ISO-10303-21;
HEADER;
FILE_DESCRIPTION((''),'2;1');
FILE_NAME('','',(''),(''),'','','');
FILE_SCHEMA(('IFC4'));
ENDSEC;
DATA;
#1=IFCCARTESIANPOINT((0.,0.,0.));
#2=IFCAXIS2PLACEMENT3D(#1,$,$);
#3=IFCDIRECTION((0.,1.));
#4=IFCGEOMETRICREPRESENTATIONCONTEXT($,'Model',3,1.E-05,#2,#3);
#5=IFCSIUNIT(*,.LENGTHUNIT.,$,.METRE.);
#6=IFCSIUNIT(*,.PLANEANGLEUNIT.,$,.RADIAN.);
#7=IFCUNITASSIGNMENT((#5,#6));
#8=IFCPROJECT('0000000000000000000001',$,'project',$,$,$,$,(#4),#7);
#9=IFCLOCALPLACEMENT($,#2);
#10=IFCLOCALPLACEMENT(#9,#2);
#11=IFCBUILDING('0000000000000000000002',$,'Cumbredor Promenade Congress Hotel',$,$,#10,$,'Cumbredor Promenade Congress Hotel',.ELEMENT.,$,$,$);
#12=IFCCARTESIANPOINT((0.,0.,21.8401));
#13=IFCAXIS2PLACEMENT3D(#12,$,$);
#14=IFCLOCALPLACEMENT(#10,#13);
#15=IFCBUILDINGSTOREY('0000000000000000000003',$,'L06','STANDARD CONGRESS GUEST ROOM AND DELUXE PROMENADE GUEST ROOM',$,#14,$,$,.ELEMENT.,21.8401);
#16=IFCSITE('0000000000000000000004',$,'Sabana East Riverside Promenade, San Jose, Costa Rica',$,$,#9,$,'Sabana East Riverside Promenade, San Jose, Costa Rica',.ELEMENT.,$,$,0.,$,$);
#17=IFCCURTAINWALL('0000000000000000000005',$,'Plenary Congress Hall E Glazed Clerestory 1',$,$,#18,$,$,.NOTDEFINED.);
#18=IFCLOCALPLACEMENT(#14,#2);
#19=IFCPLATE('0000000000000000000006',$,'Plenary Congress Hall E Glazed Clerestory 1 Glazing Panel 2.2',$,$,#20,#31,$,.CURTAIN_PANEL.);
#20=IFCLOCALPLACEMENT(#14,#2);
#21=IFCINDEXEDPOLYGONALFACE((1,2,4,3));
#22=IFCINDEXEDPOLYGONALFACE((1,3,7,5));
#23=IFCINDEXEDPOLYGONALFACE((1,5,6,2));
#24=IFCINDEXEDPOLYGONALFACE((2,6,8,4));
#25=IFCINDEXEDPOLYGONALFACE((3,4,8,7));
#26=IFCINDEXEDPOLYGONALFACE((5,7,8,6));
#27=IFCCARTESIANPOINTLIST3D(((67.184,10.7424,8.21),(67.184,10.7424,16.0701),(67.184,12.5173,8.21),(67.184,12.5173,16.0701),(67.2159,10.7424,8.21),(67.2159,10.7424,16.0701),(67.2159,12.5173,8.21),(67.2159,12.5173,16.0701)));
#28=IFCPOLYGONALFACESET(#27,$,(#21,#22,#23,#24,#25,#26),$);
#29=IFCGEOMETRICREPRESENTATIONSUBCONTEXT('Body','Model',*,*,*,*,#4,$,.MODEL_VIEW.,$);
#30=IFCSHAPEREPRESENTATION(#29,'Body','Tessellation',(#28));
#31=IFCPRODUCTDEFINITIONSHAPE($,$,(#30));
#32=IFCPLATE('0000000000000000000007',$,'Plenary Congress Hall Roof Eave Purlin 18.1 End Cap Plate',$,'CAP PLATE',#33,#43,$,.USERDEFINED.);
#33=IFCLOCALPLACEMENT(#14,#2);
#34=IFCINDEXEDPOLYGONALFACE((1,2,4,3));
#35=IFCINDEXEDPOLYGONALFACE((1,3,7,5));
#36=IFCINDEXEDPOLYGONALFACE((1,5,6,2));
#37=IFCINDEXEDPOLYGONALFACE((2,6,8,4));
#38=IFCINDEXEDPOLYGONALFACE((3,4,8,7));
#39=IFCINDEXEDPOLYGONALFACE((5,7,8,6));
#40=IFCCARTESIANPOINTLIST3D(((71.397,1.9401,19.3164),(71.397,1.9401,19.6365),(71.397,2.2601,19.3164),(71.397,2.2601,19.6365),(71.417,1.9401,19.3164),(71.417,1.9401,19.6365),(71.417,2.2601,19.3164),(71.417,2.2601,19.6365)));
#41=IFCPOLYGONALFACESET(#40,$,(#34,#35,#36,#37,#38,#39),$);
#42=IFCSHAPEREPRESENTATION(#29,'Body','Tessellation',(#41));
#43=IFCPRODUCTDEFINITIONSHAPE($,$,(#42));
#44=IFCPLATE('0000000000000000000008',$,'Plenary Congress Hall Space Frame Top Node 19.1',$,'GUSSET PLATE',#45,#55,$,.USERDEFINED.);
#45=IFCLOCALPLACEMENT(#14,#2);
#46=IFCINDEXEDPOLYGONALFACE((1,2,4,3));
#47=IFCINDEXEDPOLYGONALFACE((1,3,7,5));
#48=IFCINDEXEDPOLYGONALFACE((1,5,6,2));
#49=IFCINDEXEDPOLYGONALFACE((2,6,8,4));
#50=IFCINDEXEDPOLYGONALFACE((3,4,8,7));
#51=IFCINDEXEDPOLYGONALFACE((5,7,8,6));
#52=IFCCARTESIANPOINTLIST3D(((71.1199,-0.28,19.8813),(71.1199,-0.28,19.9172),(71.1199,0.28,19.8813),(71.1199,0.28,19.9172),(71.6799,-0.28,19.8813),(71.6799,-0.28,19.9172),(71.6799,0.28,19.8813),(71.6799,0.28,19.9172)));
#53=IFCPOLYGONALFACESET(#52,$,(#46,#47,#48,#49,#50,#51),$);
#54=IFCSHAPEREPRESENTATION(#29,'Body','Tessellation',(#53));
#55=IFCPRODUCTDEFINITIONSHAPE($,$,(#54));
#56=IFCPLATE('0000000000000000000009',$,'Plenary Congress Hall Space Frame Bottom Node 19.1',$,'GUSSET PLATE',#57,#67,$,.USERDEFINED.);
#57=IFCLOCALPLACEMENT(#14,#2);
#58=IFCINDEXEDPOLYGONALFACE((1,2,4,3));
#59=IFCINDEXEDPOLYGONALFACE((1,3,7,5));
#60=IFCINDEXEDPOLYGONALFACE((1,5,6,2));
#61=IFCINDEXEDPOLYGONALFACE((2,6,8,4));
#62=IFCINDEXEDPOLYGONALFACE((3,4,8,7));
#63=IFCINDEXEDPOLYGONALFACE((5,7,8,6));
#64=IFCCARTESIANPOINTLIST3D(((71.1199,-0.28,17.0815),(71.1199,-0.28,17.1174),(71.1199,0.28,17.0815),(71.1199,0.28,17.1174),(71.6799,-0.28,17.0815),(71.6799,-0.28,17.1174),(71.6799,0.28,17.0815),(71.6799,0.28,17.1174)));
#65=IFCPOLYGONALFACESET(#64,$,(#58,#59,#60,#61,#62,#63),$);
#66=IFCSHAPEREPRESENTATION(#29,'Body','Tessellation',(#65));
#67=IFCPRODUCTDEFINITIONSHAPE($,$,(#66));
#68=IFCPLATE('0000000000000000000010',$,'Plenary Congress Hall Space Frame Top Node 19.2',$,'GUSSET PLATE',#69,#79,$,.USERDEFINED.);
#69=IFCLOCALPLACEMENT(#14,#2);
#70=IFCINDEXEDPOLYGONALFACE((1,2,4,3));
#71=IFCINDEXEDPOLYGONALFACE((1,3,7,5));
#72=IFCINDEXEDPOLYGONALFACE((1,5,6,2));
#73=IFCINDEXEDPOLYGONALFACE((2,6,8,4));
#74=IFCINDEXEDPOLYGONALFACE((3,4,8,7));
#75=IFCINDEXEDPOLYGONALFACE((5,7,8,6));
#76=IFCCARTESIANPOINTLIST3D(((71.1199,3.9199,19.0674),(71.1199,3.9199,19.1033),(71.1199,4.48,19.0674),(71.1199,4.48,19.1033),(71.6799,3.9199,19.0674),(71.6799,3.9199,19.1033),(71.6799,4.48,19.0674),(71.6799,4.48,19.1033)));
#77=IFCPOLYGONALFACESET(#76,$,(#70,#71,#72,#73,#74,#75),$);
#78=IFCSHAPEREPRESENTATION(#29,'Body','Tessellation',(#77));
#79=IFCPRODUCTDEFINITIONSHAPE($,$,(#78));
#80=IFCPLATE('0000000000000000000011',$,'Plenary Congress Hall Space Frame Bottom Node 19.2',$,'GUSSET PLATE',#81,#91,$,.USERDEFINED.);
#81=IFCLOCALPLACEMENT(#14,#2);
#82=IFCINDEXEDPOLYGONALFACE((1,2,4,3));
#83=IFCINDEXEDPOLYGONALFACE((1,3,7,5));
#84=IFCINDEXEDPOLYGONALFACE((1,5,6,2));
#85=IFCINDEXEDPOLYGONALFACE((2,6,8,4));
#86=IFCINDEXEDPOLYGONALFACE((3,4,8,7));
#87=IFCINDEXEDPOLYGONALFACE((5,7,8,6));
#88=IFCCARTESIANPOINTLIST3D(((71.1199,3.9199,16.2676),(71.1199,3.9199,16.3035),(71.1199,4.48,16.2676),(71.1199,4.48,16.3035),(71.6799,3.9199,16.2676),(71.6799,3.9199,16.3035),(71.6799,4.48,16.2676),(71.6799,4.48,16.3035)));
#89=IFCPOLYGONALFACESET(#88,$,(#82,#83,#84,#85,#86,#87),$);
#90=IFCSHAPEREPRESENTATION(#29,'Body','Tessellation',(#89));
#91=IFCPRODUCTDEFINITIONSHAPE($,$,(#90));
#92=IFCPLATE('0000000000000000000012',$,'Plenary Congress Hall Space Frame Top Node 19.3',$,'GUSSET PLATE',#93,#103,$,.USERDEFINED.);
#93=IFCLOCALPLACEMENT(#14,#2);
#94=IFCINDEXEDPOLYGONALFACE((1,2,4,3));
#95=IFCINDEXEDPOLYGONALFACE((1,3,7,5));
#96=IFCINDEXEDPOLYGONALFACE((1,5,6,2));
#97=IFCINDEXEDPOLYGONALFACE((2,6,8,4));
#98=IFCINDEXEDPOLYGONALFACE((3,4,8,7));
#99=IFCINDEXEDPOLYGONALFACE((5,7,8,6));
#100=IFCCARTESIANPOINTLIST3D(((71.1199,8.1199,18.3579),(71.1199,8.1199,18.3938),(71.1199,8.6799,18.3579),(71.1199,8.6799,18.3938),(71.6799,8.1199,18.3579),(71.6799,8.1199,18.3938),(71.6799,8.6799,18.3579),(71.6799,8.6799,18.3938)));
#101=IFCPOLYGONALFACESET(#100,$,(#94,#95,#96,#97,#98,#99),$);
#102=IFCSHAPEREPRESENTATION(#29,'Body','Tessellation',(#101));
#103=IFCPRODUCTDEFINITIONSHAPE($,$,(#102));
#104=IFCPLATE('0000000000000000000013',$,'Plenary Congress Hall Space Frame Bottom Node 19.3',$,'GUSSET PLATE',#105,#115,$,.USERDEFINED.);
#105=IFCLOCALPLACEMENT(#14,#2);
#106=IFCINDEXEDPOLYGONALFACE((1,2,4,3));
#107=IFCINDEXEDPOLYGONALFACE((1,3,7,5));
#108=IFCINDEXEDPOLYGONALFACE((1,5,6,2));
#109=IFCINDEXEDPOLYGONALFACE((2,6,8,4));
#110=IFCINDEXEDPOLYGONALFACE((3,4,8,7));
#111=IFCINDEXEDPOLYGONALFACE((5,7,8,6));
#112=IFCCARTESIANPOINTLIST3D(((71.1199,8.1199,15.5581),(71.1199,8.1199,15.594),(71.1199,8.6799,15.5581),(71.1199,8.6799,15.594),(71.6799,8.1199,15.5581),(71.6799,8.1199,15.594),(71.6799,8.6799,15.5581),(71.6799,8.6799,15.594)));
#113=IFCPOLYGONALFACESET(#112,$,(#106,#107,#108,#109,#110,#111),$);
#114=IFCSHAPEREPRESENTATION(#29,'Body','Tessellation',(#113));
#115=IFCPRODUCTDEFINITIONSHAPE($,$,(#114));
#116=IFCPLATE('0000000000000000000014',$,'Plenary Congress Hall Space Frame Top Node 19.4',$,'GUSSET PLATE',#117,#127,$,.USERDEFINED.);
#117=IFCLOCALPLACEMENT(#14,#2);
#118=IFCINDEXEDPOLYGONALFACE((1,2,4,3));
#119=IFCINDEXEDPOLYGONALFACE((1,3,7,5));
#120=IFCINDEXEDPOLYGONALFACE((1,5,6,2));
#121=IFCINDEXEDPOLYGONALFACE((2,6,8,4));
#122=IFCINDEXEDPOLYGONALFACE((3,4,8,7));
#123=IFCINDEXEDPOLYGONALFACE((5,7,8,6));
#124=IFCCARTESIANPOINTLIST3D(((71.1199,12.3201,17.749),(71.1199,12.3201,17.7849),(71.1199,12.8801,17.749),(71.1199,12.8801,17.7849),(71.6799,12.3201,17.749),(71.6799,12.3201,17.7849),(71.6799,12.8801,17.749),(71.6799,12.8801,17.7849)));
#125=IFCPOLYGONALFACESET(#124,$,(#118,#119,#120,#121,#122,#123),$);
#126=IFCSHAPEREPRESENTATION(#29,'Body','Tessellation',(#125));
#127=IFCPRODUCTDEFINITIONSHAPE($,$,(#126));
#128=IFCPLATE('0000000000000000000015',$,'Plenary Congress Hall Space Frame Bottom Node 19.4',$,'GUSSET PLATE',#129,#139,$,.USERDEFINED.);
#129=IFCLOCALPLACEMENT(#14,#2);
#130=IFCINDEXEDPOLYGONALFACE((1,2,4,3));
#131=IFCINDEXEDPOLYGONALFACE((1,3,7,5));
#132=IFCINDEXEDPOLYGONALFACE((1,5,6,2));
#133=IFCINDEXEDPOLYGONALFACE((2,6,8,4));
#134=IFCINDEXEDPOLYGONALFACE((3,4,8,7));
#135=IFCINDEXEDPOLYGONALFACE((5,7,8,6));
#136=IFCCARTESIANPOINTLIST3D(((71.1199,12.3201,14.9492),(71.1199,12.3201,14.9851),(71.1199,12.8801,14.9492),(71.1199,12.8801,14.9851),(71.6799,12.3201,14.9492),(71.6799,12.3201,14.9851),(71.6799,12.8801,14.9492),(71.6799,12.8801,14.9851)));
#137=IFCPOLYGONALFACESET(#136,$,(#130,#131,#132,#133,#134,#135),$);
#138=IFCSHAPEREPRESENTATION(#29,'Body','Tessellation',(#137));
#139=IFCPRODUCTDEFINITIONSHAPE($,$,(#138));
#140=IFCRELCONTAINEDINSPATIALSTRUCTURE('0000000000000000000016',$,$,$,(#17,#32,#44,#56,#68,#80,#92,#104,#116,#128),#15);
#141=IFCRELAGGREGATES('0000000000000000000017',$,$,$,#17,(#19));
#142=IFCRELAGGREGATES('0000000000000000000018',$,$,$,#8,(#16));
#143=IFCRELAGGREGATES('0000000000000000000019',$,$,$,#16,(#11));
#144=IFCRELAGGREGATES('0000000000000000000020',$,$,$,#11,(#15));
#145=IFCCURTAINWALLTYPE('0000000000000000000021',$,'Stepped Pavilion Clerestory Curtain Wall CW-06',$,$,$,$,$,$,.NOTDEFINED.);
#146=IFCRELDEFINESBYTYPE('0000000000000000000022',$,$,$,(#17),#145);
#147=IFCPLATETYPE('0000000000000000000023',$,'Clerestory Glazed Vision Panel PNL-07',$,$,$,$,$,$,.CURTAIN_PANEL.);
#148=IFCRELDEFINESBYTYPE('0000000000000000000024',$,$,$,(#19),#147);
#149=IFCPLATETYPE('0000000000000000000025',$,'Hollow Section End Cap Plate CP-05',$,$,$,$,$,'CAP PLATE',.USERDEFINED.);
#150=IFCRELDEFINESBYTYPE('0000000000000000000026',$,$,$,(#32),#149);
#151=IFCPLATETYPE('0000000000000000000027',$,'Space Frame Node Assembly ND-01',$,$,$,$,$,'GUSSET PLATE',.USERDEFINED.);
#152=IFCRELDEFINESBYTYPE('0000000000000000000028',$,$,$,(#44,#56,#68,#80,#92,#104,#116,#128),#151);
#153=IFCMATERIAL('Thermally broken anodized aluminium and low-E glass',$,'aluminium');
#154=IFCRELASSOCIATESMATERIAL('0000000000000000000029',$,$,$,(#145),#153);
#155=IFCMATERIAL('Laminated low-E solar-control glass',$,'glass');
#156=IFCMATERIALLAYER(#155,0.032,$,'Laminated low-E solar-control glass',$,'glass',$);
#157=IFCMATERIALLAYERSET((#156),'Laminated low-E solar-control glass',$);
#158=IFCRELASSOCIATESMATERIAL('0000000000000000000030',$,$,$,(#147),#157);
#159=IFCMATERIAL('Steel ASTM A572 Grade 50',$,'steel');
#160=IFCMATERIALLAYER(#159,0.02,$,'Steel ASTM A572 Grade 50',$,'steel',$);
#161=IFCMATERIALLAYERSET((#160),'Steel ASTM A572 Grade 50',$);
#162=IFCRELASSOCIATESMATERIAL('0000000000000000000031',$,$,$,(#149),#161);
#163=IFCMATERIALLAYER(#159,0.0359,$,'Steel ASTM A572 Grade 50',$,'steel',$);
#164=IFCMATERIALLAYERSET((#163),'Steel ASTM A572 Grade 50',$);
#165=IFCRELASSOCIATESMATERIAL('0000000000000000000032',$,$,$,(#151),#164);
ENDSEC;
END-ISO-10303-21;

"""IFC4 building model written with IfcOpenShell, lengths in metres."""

from ifc_helpers import new_model, si_unit, direction, frame, origin, origin_2d, place, context, subcontext, project, spatial, rectangle, extrude, material, layer, layer_set, type_object, element, aggregate, save


model = new_model("IFC4")

# Units and contexts
model_context = context("Model", 3, precision=1e-05, world=origin(), true_north=direction((0.0, 1.0)))
body_context = subcontext(model_context, "Body", "Model", "MODEL_VIEW")
ifc_project = project(units=[si_unit("LENGTHUNIT", "METRE"), si_unit("PLANEANGLEUNIT", "RADIAN")], contexts=[model_context])

# Site, building, storey
site_placement = place(None, origin())
site = spatial("IfcSite", under=ifc_project, at=site_placement, Name="Sabana East Riverside Promenade, San Jose, Costa Rica", LongName="Sabana East Riverside Promenade, San Jose, Costa Rica", CompositionType="ELEMENT", RefElevation=0.0)
building_placement = place(site_placement, origin())
building = spatial("IfcBuilding", under=site, at=building_placement, Name="Cumbredor Promenade Congress Hotel", LongName="Cumbredor Promenade Congress Hotel", CompositionType="ELEMENT")
storey_placement = place(building_placement, frame((0.0, 0.0, 21.8401)))
storey = spatial("IfcBuildingStorey", under=building, at=storey_placement, Name="L06", Description="STANDARD CONGRESS GUEST ROOM AND DELUXE PROMENADE GUEST ROOM", CompositionType="ELEMENT", Elevation=21.8401)

# Curtain wall
ifc_material_1 = material(Name="Thermally broken anodized aluminium and low-E glass", Category="aluminium")
curtain_wall_type = type_object("IfcCurtainWallType", Name="Stepped Pavilion Clerestory Curtain Wall CW-06", PredefinedType="NOTDEFINED", material=ifc_material_1)
curtain_wall_placement = place(storey_placement, origin())
curtain_wall = element("IfcCurtainWall", 1, at=curtain_wall_placement, inside=storey, type_object=curtain_wall_type, Name="Plenary Congress Hall E Glazed Clerestory 1", PredefinedType="NOTDEFINED")

# Plate
ifc_material_2 = material(Name="Laminated low-E solar-control glass", Category="glass")
ifc_layer_1 = layer(ifc_material_2, 0.032, Name="Laminated low-E solar-control glass", Category="glass")
ifc_layer_set_1 = layer_set([ifc_layer_1], Name="Laminated low-E solar-control glass")
plate_type_1 = type_object("IfcPlateType", Name="Clerestory Glazed Vision Panel PNL-07", PredefinedType="CURTAIN_PANEL", material=ifc_layer_set_1)
plate_1_placement = place(storey_placement, frame((67.2, 11.6299, 8.21), z_axis=(0.0, 0.0, 1.0), x_axis=(0.0, 1.0, 0.0)))
plate_1 = element("IfcPlate", 2, at=plate_1_placement, type_object=plate_type_1, Name="Plenary Congress Hall E Glazed Clerestory 1 Glazing Panel 2.2", PredefinedType="CURTAIN_PANEL", context=body_context, shape_type="SweptSolid", body=[
    extrude(rectangle(XDim=1.7749, YDim=0.032, at=origin_2d()), origin(), (0.0, 0.0, 1.0), 7.8601),
])
aggregate(curtain_wall, [plate_1])

# Plates
ifc_material_3 = material(Name="Steel ASTM A572 Grade 50", Category="steel")
ifc_layer_2 = layer(ifc_material_3, 0.02, Name="Steel ASTM A572 Grade 50", Category="steel")
ifc_layer_set_2 = layer_set([ifc_layer_2], Name="Steel ASTM A572 Grade 50")
plate_type_2 = type_object("IfcPlateType", Name="Hollow Section End Cap Plate CP-05", ElementType="CAP PLATE", PredefinedType="USERDEFINED", material=ifc_layer_set_2)
plate_2_placement = place(storey_placement, frame((71.407, 2.1001, 19.3164), z_axis=(0.0, 0.0, 1.0), x_axis=(1.0, 0.0, 0.0)))
element("IfcPlate", 3, at=plate_2_placement, inside=storey, type_object=plate_type_2, Name="Plenary Congress Hall Roof Eave Purlin 18.1 End Cap Plate", ObjectType="CAP PLATE", PredefinedType="USERDEFINED", context=body_context, shape_type="SweptSolid", body=[
    extrude(rectangle(XDim=0.02, YDim=0.3201, at=origin_2d()), origin(), (0.0, 0.0, 1.0), 0.3201),
])
ifc_layer_3 = layer(ifc_material_3, 0.0359, Name="Steel ASTM A572 Grade 50", Category="steel")
ifc_layer_set_3 = layer_set([ifc_layer_3], Name="Steel ASTM A572 Grade 50")
plate_type_3 = type_object("IfcPlateType", Name="Space Frame Node Assembly ND-01", ElementType="GUSSET PLATE", PredefinedType="USERDEFINED", material=ifc_layer_set_3)
for number, where, z_axis, x_axis, name in (
    (4, (71.3999, 0.0, 19.8813), (0.0, 0.0, 1.0), (1.0, 0.0, 0.0), "Plenary Congress Hall Space Frame Top Node 19.1"),
    (5, (71.3999, 0.0, 17.0815), (0.0, 0.0, 1.0), (1.0, 0.0, 0.0), "Plenary Congress Hall Space Frame Bottom Node 19.1"),
    (6, (71.3999, 4.2, 19.0674), (0.0, 0.0, 1.0), (1.0, 0.0, 0.0), "Plenary Congress Hall Space Frame Top Node 19.2"),
    (7, (71.3999, 4.2, 16.2676), (0.0, 0.0, 1.0), (1.0, 0.0, 0.0), "Plenary Congress Hall Space Frame Bottom Node 19.2"),
    (8, (71.3999, 8.3999, 18.3579), (0.0, 0.0, 1.0), (1.0, 0.0, 0.0), "Plenary Congress Hall Space Frame Top Node 19.3"),
    (9, (71.3999, 8.3999, 15.5581), (0.0, 0.0, 1.0), (1.0, 0.0, 0.0), "Plenary Congress Hall Space Frame Bottom Node 19.3"),
    (10, (71.3999, 12.6001, 17.749), (0.0, 0.0, 1.0), (1.0, 0.0, 0.0), "Plenary Congress Hall Space Frame Top Node 19.4"),
    (11, (71.3999, 12.6001, 14.9492), (0.0, 0.0, 1.0), (1.0, 0.0, 0.0), "Plenary Congress Hall Space Frame Bottom Node 19.4"),
):
    element("IfcPlate", number, at=place(storey_placement, frame(where, z_axis=z_axis, x_axis=x_axis)), inside=storey, type_object=plate_type_3, Name=name, ObjectType="GUSSET PLATE", PredefinedType="USERDEFINED", context=body_context, shape_type="SweptSolid", body=[
        extrude(rectangle(XDim=0.5601, YDim=0.5601, at=origin_2d()), origin(), (0.0, 0.0, 1.0), 0.0359),
    ])

save(model, "model.ifc")
